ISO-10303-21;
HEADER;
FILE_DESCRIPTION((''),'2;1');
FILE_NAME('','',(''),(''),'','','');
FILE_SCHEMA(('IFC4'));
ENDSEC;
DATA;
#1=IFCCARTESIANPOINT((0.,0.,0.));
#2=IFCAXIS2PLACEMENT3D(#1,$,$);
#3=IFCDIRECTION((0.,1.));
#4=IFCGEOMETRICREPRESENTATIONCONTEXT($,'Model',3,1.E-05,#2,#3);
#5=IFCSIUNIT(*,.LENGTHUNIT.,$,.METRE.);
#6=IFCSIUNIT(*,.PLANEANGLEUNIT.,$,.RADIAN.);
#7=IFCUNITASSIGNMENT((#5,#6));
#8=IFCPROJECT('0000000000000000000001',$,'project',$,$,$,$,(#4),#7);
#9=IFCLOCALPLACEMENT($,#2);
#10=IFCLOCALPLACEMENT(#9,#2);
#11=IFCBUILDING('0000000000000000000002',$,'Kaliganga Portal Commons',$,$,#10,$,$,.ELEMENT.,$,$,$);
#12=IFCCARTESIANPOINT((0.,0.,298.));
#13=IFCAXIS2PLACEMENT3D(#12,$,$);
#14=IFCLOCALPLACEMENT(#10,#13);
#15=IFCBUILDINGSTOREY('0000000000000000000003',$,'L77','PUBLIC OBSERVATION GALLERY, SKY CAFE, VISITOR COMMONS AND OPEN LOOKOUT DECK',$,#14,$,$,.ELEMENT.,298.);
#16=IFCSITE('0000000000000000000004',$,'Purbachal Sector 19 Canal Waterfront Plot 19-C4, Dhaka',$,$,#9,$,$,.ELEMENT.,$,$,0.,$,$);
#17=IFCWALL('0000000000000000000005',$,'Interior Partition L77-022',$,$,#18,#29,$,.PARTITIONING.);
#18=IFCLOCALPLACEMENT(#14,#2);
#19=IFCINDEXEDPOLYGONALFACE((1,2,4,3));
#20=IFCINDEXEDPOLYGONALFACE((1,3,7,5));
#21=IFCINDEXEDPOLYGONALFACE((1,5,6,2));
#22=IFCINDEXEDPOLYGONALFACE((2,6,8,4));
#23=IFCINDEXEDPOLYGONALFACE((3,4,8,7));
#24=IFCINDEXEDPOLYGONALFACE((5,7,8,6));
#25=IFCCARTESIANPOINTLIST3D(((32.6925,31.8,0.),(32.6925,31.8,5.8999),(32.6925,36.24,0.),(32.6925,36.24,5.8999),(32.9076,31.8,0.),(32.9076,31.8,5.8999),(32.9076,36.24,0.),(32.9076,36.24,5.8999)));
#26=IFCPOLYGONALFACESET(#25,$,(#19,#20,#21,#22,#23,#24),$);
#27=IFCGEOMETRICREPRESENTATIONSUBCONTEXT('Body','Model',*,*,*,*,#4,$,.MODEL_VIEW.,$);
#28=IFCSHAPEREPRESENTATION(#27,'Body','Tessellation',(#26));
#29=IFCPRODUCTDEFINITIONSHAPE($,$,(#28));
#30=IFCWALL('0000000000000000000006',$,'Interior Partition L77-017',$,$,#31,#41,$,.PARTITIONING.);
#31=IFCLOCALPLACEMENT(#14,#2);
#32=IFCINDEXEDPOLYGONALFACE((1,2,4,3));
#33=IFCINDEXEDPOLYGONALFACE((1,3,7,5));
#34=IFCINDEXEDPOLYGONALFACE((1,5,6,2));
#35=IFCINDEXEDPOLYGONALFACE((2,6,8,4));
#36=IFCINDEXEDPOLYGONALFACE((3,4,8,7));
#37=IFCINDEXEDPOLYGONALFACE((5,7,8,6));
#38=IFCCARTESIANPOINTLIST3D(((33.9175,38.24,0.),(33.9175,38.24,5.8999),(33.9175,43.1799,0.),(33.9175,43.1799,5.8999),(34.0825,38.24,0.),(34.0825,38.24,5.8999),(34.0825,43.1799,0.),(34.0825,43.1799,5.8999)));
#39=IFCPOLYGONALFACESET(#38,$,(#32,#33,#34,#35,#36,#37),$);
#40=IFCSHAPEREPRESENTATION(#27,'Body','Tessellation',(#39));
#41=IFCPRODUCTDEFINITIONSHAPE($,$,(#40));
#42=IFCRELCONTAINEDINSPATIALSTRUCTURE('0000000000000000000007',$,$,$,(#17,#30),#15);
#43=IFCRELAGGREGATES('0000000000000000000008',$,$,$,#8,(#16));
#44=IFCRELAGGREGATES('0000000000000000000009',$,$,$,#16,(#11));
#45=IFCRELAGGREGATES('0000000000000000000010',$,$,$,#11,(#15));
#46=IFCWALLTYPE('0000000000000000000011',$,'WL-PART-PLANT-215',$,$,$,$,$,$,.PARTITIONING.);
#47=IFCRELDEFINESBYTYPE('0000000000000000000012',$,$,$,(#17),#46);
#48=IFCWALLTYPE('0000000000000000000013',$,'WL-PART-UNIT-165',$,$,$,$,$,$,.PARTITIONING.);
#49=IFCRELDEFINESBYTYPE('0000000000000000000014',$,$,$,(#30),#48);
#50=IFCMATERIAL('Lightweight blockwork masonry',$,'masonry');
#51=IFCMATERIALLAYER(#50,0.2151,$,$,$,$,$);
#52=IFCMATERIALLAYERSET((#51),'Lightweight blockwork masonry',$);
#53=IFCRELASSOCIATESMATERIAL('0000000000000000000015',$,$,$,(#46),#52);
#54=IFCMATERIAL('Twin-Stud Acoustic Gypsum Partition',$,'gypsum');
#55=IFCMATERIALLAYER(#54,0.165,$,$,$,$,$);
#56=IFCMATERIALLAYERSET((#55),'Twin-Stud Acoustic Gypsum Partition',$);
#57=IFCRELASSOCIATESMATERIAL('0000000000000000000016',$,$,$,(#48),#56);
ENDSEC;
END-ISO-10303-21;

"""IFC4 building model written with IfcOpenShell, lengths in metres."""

from ifc_helpers import new_model, si_unit, direction, frame, frame_2d, origin, place, context, subcontext, project, spatial, rectangle, extrude, material, layer, layer_set, type_object, element, save


model = new_model("IFC4")

# Units and contexts
model_context = context("Model", 3, precision=1e-05, world=origin(), true_north=direction((0.0, 1.0)))
body_context = subcontext(model_context, "Body", "Model", "MODEL_VIEW")
ifc_project = project(units=[si_unit("LENGTHUNIT", "METRE"), si_unit("PLANEANGLEUNIT", "RADIAN")], contexts=[model_context])

# Site, building, storey
site_placement = place(None, origin())
site = spatial("IfcSite", under=ifc_project, at=site_placement, Name="Purbachal Sector 19 Canal Waterfront Plot 19-C4, Dhaka", CompositionType="ELEMENT", RefElevation=0.0)
building_placement = place(site_placement, origin())
building = spatial("IfcBuilding", under=site, at=building_placement, Name="Kaliganga Portal Commons", CompositionType="ELEMENT")
storey_placement = place(building_placement, frame((0.0, 0.0, 298.0)))
storey = spatial("IfcBuildingStorey", under=building, at=storey_placement, Name="L77", Description="PUBLIC OBSERVATION GALLERY, SKY CAFE, VISITOR COMMONS AND OPEN LOOKOUT DECK", CompositionType="ELEMENT", Elevation=298.0)

# Walls
ifc_material_1 = material(Name="Lightweight blockwork masonry", Category="masonry")
ifc_layer_1 = layer(ifc_material_1, 0.2151)
ifc_layer_set_1 = layer_set([ifc_layer_1], Name="Lightweight blockwork masonry")
wall_type_1 = type_object("IfcWallType", Name="WL-PART-PLANT-215", PredefinedType="PARTITIONING", material=ifc_layer_set_1)
wall_1_placement = place(storey_placement, frame((32.8, 31.8, 0.0), z_axis=(0.0, 0.0, 1.0), x_axis=(0.0, 1.0, 0.0)))
element("IfcWall", 1, at=wall_1_placement, inside=storey, type_object=wall_type_1, Name="Interior Partition L77-022", PredefinedType="PARTITIONING", context=body_context, shape_type="SweptSolid", body=[
    extrude(rectangle(XDim=4.4399, YDim=0.2151, at=frame_2d((2.22, 0.0))), origin(), (0.0, 0.0, 1.0), 5.8999),
])
ifc_material_2 = material(Name="Twin-Stud Acoustic Gypsum Partition", Category="gypsum")
ifc_layer_2 = layer(ifc_material_2, 0.165)
ifc_layer_set_2 = layer_set([ifc_layer_2], Name="Twin-Stud Acoustic Gypsum Partition")
wall_type_2 = type_object("IfcWallType", Name="WL-PART-UNIT-165", PredefinedType="PARTITIONING", material=ifc_layer_set_2)
wall_2_placement = place(storey_placement, frame((34.0, 38.24, 0.0), z_axis=(0.0, 0.0, 1.0), x_axis=(0.0, 1.0, 0.0)))
element("IfcWall", 2, at=wall_2_placement, inside=storey, type_object=wall_type_2, Name="Interior Partition L77-017", PredefinedType="PARTITIONING", context=body_context, shape_type="SweptSolid", body=[
    extrude(rectangle(XDim=4.9399, YDim=0.165, at=frame_2d((2.47, 0.0))), origin(), (0.0, 0.0, 1.0), 5.8999),
])

save(model, "model.ifc")
